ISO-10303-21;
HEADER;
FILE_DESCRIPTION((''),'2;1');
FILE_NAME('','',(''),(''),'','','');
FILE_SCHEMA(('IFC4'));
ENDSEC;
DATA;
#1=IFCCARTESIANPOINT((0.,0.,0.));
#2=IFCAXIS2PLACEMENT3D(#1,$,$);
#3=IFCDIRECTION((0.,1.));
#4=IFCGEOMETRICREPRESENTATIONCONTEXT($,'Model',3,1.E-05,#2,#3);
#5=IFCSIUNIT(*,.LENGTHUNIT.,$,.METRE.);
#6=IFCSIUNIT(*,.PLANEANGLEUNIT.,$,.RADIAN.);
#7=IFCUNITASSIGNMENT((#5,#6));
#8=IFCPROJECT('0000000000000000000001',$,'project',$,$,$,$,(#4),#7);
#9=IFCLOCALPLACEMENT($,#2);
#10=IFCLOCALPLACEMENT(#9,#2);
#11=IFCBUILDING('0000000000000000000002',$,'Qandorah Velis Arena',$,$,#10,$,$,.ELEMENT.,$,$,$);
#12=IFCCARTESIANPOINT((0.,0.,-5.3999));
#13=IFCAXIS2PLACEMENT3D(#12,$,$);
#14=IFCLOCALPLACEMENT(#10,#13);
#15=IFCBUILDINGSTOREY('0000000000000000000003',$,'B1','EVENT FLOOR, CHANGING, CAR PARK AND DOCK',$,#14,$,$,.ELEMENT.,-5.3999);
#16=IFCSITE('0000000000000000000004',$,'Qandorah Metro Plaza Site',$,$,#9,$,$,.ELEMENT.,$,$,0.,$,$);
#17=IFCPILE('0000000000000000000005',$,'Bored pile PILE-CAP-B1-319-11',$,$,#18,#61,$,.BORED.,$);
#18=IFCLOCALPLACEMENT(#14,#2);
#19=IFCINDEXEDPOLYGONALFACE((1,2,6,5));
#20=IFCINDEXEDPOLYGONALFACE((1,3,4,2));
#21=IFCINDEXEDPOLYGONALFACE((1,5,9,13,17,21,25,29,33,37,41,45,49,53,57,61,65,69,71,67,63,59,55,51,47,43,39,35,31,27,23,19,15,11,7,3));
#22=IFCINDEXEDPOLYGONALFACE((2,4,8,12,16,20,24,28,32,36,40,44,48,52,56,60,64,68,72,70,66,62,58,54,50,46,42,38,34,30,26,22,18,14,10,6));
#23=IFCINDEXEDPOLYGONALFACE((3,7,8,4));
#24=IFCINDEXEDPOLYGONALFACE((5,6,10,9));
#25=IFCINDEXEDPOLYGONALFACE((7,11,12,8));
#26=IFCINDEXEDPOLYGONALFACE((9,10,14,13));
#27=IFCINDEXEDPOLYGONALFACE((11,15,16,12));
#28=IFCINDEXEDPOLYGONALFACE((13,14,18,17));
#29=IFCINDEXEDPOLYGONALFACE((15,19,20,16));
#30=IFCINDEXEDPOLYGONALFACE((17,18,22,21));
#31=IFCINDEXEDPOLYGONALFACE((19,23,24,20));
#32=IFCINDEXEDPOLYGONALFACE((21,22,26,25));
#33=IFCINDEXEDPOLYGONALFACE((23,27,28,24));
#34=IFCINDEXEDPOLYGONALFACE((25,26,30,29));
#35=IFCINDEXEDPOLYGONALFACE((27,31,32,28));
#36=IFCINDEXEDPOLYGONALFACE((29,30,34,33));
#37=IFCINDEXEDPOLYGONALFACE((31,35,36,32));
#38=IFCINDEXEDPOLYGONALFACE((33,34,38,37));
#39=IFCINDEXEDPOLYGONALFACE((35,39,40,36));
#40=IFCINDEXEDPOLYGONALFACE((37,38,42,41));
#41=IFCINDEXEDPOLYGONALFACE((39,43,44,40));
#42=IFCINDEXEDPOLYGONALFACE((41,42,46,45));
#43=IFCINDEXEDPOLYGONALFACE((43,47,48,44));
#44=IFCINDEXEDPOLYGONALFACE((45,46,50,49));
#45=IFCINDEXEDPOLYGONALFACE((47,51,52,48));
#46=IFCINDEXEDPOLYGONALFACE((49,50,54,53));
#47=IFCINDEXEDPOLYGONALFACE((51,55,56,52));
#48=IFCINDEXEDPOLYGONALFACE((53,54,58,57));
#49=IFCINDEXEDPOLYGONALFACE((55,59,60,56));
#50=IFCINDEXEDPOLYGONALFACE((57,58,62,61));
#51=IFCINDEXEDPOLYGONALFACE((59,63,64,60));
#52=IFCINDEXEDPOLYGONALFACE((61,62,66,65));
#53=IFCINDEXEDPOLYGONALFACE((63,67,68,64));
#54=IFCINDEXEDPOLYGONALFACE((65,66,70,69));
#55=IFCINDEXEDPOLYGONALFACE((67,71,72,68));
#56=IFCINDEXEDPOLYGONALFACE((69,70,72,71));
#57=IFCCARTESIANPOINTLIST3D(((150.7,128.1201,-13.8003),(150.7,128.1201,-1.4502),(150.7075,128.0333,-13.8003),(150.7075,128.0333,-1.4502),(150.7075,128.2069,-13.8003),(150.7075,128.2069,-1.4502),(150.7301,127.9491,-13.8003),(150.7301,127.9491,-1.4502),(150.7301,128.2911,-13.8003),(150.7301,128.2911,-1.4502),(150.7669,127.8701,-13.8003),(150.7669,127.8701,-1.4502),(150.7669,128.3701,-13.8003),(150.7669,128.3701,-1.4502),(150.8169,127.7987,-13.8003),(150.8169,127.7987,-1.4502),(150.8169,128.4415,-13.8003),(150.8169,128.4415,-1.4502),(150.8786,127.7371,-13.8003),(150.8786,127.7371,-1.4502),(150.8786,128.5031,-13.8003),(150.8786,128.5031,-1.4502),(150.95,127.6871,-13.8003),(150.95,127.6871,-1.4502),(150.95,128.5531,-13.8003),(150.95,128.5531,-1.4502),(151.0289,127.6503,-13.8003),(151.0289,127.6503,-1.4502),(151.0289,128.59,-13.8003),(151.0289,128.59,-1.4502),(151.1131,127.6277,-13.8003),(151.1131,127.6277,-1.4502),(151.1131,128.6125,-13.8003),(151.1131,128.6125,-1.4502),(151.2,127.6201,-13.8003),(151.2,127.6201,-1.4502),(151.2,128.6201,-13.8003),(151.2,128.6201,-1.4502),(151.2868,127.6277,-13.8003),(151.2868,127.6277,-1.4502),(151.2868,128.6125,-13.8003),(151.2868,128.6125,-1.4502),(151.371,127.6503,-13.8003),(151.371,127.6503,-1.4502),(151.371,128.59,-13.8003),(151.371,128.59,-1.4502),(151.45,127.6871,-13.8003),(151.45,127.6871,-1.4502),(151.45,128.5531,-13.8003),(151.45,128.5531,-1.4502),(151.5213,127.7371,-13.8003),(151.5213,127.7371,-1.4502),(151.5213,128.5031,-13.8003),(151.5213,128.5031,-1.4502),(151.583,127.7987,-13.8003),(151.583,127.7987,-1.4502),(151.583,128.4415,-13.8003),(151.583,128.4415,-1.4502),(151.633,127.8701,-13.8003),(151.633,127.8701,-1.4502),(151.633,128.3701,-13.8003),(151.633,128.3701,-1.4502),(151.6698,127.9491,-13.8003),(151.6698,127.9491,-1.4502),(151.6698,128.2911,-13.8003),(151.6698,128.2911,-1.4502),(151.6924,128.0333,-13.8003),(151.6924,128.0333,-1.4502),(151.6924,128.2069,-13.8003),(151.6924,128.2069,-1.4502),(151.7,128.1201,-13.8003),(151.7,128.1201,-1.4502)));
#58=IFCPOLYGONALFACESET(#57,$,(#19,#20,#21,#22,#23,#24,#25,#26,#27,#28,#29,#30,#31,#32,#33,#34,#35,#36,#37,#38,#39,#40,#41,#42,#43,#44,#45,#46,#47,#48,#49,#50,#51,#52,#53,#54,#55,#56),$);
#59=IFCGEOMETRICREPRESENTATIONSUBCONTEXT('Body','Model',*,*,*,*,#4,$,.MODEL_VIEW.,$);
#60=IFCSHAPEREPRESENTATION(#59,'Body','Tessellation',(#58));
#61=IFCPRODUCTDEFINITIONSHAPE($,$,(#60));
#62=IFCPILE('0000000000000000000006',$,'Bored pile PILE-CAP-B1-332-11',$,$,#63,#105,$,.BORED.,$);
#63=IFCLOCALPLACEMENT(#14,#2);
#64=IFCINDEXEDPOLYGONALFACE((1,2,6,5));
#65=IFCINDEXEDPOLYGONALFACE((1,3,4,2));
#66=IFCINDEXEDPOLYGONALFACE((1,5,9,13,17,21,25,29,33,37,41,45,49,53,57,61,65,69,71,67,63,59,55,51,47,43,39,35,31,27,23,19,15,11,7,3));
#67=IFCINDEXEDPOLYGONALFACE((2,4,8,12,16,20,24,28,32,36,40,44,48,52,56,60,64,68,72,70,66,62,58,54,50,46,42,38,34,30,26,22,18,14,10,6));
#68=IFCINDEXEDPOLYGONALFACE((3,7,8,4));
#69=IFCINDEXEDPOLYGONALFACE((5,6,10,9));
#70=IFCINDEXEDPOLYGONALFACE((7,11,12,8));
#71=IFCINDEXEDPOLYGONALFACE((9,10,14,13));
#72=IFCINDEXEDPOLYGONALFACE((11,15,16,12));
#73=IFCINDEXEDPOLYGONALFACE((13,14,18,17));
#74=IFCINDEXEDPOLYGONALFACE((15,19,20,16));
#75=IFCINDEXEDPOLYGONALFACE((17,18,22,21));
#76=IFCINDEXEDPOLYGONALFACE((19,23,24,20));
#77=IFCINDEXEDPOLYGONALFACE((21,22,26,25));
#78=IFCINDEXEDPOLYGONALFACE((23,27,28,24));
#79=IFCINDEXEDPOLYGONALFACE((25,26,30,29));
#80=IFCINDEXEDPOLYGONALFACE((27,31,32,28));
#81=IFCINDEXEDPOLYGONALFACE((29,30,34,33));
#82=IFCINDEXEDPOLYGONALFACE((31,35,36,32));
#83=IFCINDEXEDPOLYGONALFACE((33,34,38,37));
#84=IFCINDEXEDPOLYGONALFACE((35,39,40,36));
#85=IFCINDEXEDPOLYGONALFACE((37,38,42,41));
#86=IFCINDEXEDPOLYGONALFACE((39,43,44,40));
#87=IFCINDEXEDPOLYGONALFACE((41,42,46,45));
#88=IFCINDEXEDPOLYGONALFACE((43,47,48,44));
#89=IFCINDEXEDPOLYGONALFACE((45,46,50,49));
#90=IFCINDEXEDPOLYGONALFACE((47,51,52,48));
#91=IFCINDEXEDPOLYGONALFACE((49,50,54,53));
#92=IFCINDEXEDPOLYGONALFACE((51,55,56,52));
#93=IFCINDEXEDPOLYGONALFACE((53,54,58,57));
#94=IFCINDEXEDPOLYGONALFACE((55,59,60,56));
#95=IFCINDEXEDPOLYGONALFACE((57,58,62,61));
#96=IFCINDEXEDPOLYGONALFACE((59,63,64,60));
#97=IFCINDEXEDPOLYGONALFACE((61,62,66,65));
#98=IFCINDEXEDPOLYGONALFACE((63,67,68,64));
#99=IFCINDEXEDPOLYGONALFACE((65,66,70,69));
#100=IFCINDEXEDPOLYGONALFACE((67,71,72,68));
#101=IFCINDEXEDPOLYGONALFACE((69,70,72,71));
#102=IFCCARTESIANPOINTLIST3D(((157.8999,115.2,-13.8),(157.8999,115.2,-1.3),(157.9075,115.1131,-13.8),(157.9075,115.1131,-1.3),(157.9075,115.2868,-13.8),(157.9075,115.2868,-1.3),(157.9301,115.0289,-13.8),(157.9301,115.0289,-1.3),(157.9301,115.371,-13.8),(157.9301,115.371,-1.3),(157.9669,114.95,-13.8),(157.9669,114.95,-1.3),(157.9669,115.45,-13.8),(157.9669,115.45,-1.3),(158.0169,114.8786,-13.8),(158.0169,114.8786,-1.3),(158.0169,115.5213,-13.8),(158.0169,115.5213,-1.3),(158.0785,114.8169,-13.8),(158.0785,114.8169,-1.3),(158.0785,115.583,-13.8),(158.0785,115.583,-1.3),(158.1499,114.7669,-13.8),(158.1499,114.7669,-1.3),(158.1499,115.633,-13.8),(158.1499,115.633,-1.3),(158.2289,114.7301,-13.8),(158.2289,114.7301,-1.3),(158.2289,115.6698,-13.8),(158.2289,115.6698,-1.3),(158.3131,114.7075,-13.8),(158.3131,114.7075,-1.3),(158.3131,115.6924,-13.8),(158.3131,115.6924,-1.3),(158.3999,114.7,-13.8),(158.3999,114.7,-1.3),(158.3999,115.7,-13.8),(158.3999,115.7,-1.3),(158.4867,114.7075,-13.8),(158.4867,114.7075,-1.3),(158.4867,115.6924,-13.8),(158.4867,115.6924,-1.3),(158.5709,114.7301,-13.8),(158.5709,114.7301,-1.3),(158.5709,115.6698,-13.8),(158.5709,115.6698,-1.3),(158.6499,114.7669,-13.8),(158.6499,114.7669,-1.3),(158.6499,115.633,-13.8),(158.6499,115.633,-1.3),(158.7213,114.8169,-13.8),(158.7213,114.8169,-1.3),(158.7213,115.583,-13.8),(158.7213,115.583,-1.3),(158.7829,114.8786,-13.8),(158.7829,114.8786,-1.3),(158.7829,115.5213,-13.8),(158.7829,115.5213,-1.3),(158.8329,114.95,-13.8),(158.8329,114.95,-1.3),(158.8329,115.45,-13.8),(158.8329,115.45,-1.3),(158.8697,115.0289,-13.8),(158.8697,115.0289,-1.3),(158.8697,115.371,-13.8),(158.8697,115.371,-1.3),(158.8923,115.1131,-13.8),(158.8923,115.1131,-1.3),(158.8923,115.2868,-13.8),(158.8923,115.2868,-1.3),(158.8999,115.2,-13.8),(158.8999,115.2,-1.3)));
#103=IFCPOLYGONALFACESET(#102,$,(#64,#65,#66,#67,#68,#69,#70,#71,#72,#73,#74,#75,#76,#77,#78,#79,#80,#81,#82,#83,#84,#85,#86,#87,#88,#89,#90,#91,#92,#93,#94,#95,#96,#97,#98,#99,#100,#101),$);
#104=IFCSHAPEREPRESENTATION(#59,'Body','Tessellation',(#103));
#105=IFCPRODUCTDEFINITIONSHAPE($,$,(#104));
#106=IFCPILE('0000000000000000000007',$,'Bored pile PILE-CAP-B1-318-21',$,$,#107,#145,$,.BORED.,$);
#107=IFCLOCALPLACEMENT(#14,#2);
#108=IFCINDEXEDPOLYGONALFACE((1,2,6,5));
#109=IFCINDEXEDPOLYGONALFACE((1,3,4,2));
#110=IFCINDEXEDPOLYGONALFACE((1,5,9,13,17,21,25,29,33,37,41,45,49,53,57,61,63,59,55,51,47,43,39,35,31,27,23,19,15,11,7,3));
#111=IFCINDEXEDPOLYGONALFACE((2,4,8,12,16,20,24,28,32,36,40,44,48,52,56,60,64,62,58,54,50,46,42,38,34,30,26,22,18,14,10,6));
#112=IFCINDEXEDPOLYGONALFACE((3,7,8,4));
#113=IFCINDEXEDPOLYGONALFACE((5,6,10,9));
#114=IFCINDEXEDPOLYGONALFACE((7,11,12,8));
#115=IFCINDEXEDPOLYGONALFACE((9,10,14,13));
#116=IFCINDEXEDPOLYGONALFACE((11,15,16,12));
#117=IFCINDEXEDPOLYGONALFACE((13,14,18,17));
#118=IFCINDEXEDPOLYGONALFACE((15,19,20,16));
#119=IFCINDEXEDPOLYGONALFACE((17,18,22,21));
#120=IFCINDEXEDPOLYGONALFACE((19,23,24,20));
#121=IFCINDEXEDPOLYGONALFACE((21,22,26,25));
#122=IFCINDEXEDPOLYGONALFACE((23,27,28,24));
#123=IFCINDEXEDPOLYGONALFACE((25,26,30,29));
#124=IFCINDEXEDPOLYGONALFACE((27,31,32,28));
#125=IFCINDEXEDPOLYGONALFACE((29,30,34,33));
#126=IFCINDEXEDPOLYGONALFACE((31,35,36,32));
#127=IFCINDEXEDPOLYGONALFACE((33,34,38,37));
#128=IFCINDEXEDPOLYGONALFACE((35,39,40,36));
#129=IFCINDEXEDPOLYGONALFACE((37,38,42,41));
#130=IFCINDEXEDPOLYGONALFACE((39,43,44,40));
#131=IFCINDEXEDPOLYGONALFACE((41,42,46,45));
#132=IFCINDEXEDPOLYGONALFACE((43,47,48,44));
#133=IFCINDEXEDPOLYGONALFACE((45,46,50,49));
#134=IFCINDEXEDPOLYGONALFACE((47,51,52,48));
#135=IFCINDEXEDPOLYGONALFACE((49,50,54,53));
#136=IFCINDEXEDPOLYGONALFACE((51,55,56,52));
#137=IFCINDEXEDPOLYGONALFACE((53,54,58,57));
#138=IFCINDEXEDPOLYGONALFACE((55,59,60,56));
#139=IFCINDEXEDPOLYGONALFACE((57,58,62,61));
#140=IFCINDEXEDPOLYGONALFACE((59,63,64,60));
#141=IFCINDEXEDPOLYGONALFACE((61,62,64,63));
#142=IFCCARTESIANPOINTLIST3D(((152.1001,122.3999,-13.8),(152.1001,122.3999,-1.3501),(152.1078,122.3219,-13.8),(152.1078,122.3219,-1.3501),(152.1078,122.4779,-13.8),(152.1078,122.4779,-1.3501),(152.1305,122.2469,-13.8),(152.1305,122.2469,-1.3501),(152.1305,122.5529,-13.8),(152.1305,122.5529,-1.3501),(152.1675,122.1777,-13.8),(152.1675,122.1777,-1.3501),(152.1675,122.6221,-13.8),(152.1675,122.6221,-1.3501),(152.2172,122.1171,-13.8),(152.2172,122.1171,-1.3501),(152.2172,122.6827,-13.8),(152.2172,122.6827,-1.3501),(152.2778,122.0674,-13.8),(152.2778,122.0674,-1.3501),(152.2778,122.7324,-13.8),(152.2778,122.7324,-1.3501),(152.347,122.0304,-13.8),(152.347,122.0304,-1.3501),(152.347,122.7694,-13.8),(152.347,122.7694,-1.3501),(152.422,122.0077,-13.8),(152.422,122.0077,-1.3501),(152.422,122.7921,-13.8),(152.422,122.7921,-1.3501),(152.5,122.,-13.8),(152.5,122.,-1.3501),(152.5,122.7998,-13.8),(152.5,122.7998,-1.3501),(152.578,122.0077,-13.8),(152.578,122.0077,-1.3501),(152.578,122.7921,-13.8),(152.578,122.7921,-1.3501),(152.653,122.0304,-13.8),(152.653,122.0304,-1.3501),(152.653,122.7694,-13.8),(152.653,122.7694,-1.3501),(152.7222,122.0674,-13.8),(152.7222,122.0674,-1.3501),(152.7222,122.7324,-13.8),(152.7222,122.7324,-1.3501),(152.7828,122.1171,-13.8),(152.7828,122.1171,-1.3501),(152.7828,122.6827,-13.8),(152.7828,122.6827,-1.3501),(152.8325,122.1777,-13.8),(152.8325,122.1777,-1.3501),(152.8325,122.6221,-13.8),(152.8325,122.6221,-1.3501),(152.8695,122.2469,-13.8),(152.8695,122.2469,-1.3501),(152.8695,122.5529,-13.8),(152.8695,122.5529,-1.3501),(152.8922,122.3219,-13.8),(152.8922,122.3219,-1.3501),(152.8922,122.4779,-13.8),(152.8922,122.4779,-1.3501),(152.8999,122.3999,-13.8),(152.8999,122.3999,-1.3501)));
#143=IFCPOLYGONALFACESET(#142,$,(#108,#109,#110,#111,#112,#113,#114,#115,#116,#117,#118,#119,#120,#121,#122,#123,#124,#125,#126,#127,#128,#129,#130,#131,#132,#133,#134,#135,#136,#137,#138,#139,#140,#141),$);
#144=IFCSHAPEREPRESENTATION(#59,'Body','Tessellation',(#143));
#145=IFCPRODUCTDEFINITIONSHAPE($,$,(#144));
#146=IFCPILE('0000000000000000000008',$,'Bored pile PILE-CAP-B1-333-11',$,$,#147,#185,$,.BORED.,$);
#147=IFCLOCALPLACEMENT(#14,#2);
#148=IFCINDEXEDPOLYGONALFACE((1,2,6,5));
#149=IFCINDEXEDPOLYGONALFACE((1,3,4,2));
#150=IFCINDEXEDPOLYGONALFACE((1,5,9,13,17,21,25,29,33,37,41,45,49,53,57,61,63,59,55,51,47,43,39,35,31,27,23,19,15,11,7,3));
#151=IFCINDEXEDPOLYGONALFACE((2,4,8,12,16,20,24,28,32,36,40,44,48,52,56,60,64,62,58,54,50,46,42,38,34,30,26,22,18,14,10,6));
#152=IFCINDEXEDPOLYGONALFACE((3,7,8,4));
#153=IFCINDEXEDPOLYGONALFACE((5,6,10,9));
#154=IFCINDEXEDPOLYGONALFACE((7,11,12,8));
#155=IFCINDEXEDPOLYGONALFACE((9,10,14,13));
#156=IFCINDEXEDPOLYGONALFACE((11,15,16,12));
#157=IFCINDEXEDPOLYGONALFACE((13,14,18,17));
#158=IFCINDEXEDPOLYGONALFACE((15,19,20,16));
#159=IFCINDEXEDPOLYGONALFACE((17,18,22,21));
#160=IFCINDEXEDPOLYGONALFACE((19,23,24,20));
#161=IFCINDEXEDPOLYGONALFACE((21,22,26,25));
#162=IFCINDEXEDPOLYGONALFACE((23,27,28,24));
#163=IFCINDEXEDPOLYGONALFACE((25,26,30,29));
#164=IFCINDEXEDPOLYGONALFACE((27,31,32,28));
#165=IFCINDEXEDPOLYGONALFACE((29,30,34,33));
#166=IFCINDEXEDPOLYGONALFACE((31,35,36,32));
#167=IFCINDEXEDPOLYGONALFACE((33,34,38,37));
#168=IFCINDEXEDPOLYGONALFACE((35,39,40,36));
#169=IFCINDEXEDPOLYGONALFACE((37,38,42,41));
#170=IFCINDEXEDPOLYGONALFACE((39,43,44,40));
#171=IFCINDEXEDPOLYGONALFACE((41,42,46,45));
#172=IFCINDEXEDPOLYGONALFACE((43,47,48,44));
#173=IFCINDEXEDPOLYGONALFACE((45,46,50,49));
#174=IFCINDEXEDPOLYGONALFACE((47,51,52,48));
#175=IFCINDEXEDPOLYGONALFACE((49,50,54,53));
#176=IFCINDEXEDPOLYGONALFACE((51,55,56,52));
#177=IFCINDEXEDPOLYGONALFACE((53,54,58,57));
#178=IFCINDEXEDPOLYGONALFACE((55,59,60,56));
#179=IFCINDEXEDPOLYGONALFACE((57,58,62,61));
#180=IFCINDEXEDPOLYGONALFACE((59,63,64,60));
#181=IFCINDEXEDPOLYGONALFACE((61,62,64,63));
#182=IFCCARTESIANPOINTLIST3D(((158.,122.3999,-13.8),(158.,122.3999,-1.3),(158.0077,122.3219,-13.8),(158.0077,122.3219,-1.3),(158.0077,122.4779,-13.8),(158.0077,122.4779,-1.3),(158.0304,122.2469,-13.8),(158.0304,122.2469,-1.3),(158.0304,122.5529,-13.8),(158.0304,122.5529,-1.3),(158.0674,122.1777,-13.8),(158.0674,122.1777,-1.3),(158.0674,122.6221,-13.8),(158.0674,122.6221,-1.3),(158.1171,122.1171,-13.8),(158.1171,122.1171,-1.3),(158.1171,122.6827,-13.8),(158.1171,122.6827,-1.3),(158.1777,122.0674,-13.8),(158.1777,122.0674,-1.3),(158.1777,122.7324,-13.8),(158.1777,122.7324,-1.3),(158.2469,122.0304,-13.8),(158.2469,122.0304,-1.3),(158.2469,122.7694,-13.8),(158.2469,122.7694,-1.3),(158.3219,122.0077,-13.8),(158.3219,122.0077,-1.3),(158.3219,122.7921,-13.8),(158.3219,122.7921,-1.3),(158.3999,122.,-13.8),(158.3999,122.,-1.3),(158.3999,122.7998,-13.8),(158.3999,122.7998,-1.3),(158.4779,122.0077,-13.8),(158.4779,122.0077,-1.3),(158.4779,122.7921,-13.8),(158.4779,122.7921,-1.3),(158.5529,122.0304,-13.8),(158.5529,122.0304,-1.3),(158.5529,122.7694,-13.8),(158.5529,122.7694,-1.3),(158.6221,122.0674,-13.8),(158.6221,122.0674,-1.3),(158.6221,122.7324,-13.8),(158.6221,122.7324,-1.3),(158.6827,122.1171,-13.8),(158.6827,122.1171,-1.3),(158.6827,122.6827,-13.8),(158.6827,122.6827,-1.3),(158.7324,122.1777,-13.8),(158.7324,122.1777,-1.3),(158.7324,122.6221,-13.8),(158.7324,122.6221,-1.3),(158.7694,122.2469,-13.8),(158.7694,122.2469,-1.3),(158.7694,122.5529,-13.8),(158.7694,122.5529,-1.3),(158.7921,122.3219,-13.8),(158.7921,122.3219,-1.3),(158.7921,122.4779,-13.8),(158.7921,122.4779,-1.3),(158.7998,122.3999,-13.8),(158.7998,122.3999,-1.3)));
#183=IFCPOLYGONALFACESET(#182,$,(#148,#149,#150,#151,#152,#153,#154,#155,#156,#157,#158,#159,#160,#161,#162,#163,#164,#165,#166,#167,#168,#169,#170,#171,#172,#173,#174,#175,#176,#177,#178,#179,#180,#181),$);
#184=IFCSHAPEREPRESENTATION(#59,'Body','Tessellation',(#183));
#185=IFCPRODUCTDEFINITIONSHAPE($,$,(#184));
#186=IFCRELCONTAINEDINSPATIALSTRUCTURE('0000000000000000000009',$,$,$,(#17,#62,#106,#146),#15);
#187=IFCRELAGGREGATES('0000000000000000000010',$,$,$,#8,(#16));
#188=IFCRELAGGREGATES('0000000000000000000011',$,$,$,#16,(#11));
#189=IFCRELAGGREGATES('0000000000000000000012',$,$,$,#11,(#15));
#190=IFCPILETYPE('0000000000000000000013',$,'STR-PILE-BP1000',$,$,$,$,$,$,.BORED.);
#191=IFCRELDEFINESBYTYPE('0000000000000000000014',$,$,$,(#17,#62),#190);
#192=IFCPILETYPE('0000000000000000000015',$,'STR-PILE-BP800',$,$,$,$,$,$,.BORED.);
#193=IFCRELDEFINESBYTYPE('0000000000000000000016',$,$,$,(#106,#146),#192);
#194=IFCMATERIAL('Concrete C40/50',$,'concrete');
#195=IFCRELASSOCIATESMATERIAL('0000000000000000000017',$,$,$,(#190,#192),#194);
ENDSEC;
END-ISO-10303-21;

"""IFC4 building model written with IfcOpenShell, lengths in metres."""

from ifc_helpers import new_model, si_unit, direction, frame, origin, origin_2d, place, context, subcontext, project, spatial, circle, extrude, material, material_profile, profile_set, type_object, element, save


model = new_model("IFC4")

# Units and contexts
model_context = context("Model", 3, precision=1e-05, world=origin(), true_north=direction((0.0, 1.0)))
body_context = subcontext(model_context, "Body", "Model", "MODEL_VIEW")
ifc_project = project(units=[si_unit("LENGTHUNIT", "METRE"), si_unit("PLANEANGLEUNIT", "RADIAN")], contexts=[model_context])

# Site, building, storey
site_placement = place(None, origin())
site = spatial("IfcSite", under=ifc_project, at=site_placement, Name="Qandorah Metro Plaza Site", CompositionType="ELEMENT", RefElevation=0.0)
building_placement = place(site_placement, origin())
building = spatial("IfcBuilding", under=site, at=building_placement, Name="Qandorah Velis Arena", CompositionType="ELEMENT")
storey_placement = place(building_placement, frame((0.0, 0.0, -5.3999)))
storey = spatial("IfcBuildingStorey", under=building, at=storey_placement, Name="B1", Description="EVENT FLOOR, CHANGING, CAR PARK AND DOCK", CompositionType="ELEMENT", Elevation=-5.3999)

# Shared definitions
ifc_material = material(Name="Concrete C40/50", Category="concrete")

# Piles
ifc_material_profile_1 = material_profile(ifc_material, circle(Radius=0.5, at=origin_2d()), Name="BORED PILE D1000")
ifc_profile_set_1 = profile_set([ifc_material_profile_1], Name="Concrete C40/50")
pile_type_1 = type_object("IfcPileType", Name="STR-PILE-BP1000", PredefinedType="BORED", material=ifc_profile_set_1)
pile_1_placement = place(storey_placement, frame((151.2, 128.1201, -1.4502), z_axis=(0.0, 0.0, -1.0), x_axis=(1.0, 0.0, 0.0)))
element("IfcPile", 1, at=pile_1_placement, inside=storey, type_object=pile_type_1, Name="Bored pile PILE-CAP-B1-319-11", PredefinedType="BORED", context=body_context, shape_type="SweptSolid", body=[
    extrude(circle(Radius=0.5, at=origin_2d()), origin(), (0.0, 0.0, 1.0), 12.3501),
])
pile_2_placement = place(storey_placement, frame((158.3999, 115.2, -1.3), z_axis=(0.0, 0.0, -1.0), x_axis=(1.0, 0.0, 0.0)))
element("IfcPile", 2, at=pile_2_placement, inside=storey, type_object=pile_type_1, Name="Bored pile PILE-CAP-B1-332-11", PredefinedType="BORED", context=body_context, shape_type="SweptSolid", body=[
    extrude(circle(Radius=0.5, at=origin_2d()), origin(), (0.0, 0.0, 1.0), 12.5),
])
ifc_material_profile_2 = material_profile(ifc_material, circle(Radius=0.3999, at=origin_2d()), Name="BORED PILE D800")
ifc_profile_set_2 = profile_set([ifc_material_profile_2], Name="Concrete C40/50")
pile_type_2 = type_object("IfcPileType", Name="STR-PILE-BP800", PredefinedType="BORED", material=ifc_profile_set_2)
pile_3_placement = place(storey_placement, frame((152.5, 122.3999, -1.3501), z_axis=(0.0, 0.0, -1.0), x_axis=(1.0, 0.0, 0.0)))
element("IfcPile", 3, at=pile_3_placement, inside=storey, type_object=pile_type_2, Name="Bored pile PILE-CAP-B1-318-21", PredefinedType="BORED", context=body_context, shape_type="SweptSolid", body=[
    extrude(circle(Radius=0.3999, at=origin_2d()), origin(), (0.0, 0.0, 1.0), 12.45),
])
pile_4_placement = place(storey_placement, frame((158.3999, 122.3999, -1.3), z_axis=(0.0, 0.0, -1.0), x_axis=(1.0, 0.0, 0.0)))
element("IfcPile", 4, at=pile_4_placement, inside=storey, type_object=pile_type_2, Name="Bored pile PILE-CAP-B1-333-11", PredefinedType="BORED", context=body_context, shape_type="SweptSolid", body=[
    extrude(circle(Radius=0.3999, at=origin_2d()), origin(), (0.0, 0.0, 1.0), 12.5),
])

save(model, "model.ifc")
